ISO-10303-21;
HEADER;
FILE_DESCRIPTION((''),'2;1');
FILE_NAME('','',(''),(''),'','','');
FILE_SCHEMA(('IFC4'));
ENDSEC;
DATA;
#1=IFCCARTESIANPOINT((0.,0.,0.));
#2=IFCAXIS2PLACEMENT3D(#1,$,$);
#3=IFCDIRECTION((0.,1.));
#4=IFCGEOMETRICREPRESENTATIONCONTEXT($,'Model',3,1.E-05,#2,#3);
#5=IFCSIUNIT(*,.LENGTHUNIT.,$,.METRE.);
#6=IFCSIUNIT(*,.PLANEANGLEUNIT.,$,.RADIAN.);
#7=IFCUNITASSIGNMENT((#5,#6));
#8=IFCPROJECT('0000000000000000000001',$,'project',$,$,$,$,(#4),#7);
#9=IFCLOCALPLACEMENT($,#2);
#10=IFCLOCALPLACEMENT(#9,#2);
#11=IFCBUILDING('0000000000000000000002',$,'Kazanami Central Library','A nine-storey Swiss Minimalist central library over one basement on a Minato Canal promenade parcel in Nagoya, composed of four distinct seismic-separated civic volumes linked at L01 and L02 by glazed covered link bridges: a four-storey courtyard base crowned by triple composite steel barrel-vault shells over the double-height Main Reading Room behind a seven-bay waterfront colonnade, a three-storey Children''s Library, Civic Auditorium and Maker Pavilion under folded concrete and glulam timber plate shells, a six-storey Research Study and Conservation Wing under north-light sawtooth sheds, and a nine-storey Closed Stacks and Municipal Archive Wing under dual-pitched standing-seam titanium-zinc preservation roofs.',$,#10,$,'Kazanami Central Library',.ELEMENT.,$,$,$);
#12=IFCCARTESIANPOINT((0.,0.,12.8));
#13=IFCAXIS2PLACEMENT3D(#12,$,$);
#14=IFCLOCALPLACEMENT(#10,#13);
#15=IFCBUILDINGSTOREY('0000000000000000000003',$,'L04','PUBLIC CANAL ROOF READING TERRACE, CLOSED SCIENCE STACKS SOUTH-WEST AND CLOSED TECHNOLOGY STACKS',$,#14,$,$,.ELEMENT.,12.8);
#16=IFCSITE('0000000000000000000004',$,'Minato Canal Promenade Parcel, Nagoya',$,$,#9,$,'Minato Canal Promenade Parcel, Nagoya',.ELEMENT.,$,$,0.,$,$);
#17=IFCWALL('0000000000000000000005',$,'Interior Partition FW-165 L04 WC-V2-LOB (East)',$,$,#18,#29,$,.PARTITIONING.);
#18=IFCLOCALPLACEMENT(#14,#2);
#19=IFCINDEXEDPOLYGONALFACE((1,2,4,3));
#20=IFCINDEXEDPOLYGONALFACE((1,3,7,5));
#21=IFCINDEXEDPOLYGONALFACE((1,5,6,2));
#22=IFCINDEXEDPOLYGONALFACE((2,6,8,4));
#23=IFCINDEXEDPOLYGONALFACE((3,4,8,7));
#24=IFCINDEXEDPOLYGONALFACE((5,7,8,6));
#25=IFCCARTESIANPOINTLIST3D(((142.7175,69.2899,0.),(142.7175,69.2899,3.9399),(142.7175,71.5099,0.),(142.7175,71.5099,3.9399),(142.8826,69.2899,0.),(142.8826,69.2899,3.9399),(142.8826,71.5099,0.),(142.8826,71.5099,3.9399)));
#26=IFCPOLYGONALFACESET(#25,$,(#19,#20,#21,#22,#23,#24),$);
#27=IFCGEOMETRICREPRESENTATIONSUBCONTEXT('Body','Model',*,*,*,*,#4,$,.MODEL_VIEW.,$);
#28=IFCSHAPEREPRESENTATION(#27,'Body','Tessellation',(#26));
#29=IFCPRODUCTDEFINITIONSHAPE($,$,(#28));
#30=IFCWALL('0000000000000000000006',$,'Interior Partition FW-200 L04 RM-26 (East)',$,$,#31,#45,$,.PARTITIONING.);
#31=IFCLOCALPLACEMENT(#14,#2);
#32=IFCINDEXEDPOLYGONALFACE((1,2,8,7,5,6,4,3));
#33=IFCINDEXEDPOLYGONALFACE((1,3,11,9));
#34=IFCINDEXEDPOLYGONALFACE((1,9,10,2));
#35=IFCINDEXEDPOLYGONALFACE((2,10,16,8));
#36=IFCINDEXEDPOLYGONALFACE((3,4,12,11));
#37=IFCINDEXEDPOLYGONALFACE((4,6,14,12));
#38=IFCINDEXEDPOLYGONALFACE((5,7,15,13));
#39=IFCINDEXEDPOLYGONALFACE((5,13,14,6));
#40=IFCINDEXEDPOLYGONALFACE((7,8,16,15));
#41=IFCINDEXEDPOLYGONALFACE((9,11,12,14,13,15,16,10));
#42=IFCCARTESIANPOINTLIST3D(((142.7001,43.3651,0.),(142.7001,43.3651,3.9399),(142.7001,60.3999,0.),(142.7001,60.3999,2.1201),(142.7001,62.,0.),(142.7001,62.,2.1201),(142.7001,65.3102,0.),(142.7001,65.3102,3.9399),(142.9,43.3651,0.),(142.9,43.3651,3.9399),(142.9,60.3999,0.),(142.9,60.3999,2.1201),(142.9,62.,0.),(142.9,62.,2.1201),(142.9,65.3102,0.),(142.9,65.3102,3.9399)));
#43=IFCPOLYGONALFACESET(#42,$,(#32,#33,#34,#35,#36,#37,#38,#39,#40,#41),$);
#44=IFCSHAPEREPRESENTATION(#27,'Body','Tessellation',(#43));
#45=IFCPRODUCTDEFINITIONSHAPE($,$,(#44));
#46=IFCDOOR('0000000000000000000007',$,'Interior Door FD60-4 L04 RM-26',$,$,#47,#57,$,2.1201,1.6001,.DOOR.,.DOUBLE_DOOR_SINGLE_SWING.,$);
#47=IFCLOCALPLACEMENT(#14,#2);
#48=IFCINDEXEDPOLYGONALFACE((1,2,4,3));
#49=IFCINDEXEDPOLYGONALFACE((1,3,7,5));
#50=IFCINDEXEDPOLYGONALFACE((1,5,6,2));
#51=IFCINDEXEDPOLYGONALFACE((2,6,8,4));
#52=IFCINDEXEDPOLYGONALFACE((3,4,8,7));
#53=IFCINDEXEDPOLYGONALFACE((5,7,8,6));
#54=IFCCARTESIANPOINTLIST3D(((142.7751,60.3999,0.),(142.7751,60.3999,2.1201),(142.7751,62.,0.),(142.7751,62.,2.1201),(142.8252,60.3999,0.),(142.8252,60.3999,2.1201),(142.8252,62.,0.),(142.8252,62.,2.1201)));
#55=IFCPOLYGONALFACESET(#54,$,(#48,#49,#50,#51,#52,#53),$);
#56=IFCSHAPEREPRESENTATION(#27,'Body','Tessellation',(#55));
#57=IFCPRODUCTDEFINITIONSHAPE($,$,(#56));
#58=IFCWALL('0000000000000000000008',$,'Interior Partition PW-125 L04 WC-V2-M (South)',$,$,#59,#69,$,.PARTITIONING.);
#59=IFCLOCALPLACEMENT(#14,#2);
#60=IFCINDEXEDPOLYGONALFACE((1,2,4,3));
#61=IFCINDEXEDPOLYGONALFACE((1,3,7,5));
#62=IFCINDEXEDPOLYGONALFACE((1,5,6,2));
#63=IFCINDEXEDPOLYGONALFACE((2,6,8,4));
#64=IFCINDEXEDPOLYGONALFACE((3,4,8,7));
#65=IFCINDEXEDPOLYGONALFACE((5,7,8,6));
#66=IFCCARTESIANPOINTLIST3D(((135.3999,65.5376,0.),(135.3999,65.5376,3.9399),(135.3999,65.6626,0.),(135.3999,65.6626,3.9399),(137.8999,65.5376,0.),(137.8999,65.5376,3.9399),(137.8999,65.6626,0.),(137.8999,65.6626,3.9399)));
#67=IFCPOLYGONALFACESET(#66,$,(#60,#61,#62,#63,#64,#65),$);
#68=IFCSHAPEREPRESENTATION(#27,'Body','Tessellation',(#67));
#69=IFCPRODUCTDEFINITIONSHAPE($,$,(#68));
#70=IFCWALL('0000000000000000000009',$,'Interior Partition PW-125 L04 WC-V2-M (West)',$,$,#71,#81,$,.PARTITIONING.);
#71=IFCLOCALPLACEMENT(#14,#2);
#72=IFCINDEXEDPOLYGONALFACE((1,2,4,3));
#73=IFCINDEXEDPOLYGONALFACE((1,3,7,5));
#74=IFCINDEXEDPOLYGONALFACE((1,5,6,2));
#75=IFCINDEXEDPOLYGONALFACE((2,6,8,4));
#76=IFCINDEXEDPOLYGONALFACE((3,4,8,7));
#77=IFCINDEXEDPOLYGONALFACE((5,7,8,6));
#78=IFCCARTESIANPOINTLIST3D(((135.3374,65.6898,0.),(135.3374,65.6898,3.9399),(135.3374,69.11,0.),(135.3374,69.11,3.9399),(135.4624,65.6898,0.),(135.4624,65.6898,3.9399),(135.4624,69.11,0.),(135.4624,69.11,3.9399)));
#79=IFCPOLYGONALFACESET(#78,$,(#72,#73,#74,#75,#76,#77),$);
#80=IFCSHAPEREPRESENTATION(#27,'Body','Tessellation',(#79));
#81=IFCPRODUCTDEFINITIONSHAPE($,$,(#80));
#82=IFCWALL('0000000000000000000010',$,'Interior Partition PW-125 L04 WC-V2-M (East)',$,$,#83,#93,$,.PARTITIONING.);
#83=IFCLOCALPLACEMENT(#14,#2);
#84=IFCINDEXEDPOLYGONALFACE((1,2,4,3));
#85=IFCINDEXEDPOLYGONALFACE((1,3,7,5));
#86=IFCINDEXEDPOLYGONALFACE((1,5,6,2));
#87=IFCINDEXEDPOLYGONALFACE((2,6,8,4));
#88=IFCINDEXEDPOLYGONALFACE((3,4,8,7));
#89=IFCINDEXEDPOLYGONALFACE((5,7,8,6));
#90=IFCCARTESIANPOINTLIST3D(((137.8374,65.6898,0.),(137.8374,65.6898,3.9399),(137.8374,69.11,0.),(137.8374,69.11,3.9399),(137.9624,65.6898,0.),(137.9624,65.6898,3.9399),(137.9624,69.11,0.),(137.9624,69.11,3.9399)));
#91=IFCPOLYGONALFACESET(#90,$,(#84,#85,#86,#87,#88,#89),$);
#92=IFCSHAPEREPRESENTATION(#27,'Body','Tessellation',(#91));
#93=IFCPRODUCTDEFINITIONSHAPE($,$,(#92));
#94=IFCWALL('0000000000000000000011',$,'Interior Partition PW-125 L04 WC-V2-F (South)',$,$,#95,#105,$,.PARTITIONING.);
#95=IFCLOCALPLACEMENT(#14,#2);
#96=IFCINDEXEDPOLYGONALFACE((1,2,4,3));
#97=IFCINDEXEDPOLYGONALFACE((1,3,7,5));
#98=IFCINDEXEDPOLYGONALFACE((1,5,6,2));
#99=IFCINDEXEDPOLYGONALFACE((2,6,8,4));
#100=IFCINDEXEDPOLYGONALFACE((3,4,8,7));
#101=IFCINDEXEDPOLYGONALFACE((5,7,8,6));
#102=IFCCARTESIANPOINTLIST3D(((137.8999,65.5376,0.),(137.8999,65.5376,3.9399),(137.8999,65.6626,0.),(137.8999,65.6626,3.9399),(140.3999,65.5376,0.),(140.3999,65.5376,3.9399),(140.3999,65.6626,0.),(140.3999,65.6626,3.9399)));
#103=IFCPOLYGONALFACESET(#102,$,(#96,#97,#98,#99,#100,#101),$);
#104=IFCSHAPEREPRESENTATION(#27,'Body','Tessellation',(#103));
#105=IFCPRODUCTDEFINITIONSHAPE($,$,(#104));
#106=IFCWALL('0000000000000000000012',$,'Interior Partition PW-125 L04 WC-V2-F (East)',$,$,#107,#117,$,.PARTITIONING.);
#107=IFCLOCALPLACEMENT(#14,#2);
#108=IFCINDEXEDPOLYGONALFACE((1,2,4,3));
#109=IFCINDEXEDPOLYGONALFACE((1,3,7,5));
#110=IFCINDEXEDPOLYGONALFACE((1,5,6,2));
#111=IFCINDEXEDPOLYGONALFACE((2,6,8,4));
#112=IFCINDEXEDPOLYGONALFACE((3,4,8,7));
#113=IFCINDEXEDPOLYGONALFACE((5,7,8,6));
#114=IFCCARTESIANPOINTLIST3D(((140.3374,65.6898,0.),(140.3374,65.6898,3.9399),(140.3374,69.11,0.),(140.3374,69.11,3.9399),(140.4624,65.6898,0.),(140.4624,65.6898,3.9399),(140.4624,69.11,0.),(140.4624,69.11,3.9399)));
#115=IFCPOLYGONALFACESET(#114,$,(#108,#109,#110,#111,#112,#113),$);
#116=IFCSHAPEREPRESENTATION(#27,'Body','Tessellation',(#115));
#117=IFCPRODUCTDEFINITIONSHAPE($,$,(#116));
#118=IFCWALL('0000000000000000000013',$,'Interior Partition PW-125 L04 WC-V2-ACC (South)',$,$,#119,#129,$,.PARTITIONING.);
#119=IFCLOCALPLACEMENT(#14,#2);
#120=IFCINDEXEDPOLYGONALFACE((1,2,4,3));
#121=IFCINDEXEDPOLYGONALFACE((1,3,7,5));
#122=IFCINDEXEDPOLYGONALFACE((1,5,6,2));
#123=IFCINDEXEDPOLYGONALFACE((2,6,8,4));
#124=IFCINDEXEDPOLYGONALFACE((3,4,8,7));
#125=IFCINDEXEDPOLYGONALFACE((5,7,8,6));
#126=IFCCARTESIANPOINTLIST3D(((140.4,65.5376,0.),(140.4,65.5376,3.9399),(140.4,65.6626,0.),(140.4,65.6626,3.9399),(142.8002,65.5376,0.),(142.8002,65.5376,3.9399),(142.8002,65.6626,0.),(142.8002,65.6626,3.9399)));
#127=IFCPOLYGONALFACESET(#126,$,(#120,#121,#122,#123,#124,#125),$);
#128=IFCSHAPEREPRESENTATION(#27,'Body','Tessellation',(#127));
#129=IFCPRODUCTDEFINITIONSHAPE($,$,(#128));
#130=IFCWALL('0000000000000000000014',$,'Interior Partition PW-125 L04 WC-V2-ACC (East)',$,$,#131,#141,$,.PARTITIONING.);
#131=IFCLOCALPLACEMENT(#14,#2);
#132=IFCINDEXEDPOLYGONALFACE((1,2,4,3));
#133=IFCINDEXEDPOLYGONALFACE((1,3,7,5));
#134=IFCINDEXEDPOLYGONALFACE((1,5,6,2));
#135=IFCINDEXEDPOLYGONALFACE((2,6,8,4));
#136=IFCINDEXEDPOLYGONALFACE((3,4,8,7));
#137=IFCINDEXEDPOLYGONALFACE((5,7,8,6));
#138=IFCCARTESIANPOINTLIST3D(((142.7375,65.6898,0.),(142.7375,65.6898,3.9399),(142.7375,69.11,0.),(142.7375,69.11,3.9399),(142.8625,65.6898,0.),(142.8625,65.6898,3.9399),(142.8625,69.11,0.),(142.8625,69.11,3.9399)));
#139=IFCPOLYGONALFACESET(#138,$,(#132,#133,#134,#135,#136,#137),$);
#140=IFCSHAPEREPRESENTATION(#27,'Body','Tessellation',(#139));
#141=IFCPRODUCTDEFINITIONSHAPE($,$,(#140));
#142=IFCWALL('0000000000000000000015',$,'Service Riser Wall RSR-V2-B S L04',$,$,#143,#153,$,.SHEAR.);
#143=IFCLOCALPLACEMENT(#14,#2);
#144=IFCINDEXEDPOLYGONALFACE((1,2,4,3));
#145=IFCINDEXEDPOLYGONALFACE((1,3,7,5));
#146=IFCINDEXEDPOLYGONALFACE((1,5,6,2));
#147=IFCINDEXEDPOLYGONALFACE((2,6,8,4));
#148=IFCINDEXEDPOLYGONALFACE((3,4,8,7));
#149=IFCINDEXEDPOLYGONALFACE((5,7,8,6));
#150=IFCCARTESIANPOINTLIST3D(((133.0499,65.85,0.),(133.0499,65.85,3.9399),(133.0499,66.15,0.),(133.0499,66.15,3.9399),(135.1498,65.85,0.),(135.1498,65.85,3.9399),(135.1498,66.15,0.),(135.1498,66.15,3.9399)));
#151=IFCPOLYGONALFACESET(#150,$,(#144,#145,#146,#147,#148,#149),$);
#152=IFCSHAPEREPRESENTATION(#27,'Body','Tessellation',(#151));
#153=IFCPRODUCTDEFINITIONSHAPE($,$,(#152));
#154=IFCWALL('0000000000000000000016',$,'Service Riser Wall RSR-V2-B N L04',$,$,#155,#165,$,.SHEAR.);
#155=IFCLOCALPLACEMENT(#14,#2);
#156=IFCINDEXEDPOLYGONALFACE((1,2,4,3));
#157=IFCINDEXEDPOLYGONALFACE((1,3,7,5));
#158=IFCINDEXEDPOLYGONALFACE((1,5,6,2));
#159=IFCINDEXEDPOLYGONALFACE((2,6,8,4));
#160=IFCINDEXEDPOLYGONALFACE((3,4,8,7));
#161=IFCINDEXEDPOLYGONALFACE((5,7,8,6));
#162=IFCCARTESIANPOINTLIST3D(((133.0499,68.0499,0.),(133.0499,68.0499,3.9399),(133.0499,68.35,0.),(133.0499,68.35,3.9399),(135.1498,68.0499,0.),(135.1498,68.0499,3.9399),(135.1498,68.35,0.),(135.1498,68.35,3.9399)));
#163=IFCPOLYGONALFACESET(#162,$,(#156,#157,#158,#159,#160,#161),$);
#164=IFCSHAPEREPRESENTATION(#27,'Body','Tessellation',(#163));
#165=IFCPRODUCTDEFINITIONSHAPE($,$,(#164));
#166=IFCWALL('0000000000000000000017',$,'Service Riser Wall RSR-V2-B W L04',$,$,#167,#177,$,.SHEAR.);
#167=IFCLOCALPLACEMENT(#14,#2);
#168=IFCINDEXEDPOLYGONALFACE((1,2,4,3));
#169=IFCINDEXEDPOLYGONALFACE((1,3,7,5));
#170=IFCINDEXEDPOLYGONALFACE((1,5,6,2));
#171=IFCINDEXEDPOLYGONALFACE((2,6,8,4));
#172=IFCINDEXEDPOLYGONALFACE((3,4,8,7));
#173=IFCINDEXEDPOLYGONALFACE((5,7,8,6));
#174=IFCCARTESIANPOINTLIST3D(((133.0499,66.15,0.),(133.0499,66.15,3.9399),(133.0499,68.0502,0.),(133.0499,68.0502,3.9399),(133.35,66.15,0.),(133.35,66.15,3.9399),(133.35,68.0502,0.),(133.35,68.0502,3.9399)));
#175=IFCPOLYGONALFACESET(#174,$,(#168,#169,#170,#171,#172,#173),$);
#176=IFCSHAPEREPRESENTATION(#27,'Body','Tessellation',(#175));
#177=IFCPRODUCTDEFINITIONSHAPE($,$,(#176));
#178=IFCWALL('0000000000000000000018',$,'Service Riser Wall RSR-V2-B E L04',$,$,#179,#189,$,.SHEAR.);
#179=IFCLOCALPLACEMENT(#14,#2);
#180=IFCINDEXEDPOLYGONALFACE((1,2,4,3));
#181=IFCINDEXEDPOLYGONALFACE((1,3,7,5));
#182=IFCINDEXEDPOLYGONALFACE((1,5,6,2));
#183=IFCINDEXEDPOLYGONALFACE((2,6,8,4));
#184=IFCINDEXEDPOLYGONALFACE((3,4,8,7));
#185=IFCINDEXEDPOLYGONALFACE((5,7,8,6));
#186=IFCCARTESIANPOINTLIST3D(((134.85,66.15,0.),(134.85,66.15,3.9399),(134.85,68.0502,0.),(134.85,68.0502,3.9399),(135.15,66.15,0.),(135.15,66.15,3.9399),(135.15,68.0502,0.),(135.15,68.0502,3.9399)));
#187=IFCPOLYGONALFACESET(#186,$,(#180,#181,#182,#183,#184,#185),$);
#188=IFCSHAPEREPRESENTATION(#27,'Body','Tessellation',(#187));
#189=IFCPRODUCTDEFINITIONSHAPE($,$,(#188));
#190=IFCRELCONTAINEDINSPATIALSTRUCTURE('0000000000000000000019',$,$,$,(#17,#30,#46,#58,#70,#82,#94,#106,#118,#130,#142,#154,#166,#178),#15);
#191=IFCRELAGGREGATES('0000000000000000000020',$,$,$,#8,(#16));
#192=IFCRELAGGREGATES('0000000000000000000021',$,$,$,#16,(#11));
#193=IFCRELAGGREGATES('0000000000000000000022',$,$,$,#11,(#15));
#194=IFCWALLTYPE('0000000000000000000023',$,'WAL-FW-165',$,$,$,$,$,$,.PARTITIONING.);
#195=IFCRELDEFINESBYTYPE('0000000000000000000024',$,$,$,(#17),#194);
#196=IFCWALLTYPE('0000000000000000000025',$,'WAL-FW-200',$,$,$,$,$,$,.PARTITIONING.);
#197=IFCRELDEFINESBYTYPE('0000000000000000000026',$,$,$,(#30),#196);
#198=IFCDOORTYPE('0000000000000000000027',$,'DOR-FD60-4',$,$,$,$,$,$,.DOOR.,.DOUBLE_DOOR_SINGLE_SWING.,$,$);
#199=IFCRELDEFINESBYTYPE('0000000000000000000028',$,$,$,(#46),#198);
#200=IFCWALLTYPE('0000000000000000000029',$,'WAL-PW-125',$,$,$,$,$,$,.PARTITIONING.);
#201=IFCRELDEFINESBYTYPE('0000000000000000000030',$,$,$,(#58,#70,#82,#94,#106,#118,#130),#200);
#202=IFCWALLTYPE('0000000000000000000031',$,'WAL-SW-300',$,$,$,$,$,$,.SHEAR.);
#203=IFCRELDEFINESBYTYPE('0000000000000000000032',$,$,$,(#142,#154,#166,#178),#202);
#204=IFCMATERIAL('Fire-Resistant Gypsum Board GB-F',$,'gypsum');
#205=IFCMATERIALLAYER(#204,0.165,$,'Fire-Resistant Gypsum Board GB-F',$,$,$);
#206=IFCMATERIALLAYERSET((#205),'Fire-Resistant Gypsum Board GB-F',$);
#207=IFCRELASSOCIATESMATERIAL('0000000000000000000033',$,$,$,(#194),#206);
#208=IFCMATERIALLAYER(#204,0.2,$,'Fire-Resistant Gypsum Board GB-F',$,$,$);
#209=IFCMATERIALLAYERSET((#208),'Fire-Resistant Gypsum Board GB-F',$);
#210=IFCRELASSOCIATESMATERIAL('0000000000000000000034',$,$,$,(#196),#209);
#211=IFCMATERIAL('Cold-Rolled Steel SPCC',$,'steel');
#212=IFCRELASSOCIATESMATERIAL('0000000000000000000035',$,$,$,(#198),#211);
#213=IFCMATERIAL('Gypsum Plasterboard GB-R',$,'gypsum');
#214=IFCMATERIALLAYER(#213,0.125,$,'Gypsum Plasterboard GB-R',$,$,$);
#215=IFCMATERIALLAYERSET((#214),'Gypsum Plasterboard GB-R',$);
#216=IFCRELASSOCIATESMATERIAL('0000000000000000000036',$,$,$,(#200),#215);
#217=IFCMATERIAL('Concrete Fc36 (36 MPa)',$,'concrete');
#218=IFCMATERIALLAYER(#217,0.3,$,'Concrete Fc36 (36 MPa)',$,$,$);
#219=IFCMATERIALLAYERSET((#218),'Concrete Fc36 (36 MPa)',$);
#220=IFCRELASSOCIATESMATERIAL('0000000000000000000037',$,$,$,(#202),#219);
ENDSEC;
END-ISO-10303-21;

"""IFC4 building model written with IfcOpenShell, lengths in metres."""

from ifc_helpers import new_model, si_unit, direction, frame, frame_2d, origin, place, context, subcontext, project, spatial, rectangle, extrude, material, layer, layer_set, type_object, element, fill, save


model = new_model("IFC4")

# Units and contexts
model_context = context("Model", 3, precision=1e-05, world=origin(), true_north=direction((0.0, 1.0)))
body_context = subcontext(model_context, "Body", "Model", "MODEL_VIEW")
ifc_project = project(units=[si_unit("LENGTHUNIT", "METRE"), si_unit("PLANEANGLEUNIT", "RADIAN")], contexts=[model_context])

# Site, building, storey
site_placement = place(None, origin())
site = spatial("IfcSite", under=ifc_project, at=site_placement, Name="Minato Canal Promenade Parcel, Nagoya", LongName="Minato Canal Promenade Parcel, Nagoya", CompositionType="ELEMENT", RefElevation=0.0)
building_placement = place(site_placement, origin())
building = spatial("IfcBuilding", under=site, at=building_placement, Name="Kazanami Central Library", Description="A nine-storey Swiss Minimalist central library over one basement on a Minato Canal promenade parcel in Nagoya, composed of four distinct seismic-separated civic volumes linked at L01 and L02 by glazed covered link bridges: a four-storey courtyard base crowned by triple composite steel barrel-vault shells over the double-height Main Reading Room behind a seven-bay waterfront colonnade, a three-storey Children's Library, Civic Auditorium and Maker Pavilion under folded concrete and glulam timber plate shells, a six-storey Research Study and Conservation Wing under north-light sawtooth sheds, and a nine-storey Closed Stacks and Municipal Archive Wing under dual-pitched standing-seam titanium-zinc preservation roofs.", LongName="Kazanami Central Library", CompositionType="ELEMENT")
storey_placement = place(building_placement, frame((0.0, 0.0, 12.8)))
storey = spatial("IfcBuildingStorey", under=building, at=storey_placement, Name="L04", Description="PUBLIC CANAL ROOF READING TERRACE, CLOSED SCIENCE STACKS SOUTH-WEST AND CLOSED TECHNOLOGY STACKS", CompositionType="ELEMENT", Elevation=12.8)

# Shared definitions
ifc_material_1 = material(Name="Fire-Resistant Gypsum Board GB-F", Category="gypsum")
ifc_layer_1 = layer(ifc_material_1, 0.165, Name="Fire-Resistant Gypsum Board GB-F")
ifc_layer_set_1 = layer_set([ifc_layer_1], Name="Fire-Resistant Gypsum Board GB-F")
wall_type_1 = type_object("IfcWallType", Name="WAL-FW-165", PredefinedType="PARTITIONING", material=ifc_layer_set_1)
ifc_material_2 = material(Name="Cold-Rolled Steel SPCC", Category="steel")

# Wall
for number, where, z_axis, x_axis, name in (
    (1, (142.8, 69.29, 0.0), (0.0, 0.0, 1.0), (0.0, 1.0, 0.0), "Interior Partition FW-165 L04 WC-V2-LOB (East)"),
):
    element("IfcWall", number, at=place(storey_placement, frame(where, z_axis=z_axis, x_axis=x_axis)), inside=storey, type_object=wall_type_1, Name=name, PredefinedType="PARTITIONING", context=body_context, shape_type="SweptSolid", body=[
        extrude(rectangle(XDim=2.22, YDim=0.165, at=frame_2d((1.1099, 0.0))), origin(), (0.0, 0.0, 1.0), 3.9399),
    ])

# Wall, opening, door
ifc_layer_2 = layer(ifc_material_1, 0.2, Name="Fire-Resistant Gypsum Board GB-F")
ifc_layer_set_2 = layer_set([ifc_layer_2], Name="Fire-Resistant Gypsum Board GB-F")
wall_type_2 = type_object("IfcWallType", Name="WAL-FW-200", PredefinedType="PARTITIONING", material=ifc_layer_set_2)
wall_1_placement = place(storey_placement, frame((142.8, 43.365, 0.0), z_axis=(0.0, 0.0, 1.0), x_axis=(0.0, 1.0, 0.0)))
wall_1 = element("IfcWall", 2, at=wall_1_placement, inside=storey, type_object=wall_type_2, Name="Interior Partition FW-200 L04 RM-26 (East)", PredefinedType="PARTITIONING", context=body_context, shape_type="SweptSolid", body=[
    extrude(rectangle(XDim=21.9451, YDim=0.2, at=frame_2d((10.9727, 0.0))), origin(), (0.0, 0.0, 1.0), 3.9399),
])
opening_1_placement = place(wall_1_placement, frame((17.0349, 0.0, 0.0)))
opening_1 = element("IfcOpeningElement", 3, at=opening_1_placement, cuts=wall_1, PredefinedType="OPENING", context=body_context, shape_type="SweptSolid", body=[
    extrude(rectangle(XDim=1.6001, YDim=2.1201, at=frame_2d((0.8, 1.0601))), frame((0.0, 0.1118, 0.0), z_axis=(0.0, -1.0, 0.0), x_axis=(1.0, 0.0, 0.0)), (0.0, 0.0, 1.0), 0.2239),
])
door_type_1 = type_object("IfcDoorType", Name="DOR-FD60-4", OperationType="DOUBLE_DOOR_SINGLE_SWING", PredefinedType="DOOR", material=ifc_material_2)
door_1_placement = place(opening_1_placement, origin())
door_1 = element("IfcDoor", 4, at=door_1_placement, inside=storey, type_object=door_type_1, Name="Interior Door FD60-4 L04 RM-26", OperationType="DOUBLE_DOOR_SINGLE_SWING", OverallHeight=2.1201, OverallWidth=1.6001, PredefinedType="DOOR", context=body_context, shape_type="SweptSolid", body=[
    extrude(rectangle(XDim=1.6001, YDim=2.1201, at=frame_2d((0.8, 1.0601))), frame((0.0, 0.0249, 0.0), z_axis=(0.0, -1.0, 0.0), x_axis=(1.0, 0.0, 0.0)), (0.0, 0.0, 1.0), 0.05),
])
fill(opening_1, door_1)

# Walls
ifc_material_3 = material(Name="Gypsum Plasterboard GB-R", Category="gypsum")
ifc_layer_3 = layer(ifc_material_3, 0.125, Name="Gypsum Plasterboard GB-R")
ifc_layer_set_3 = layer_set([ifc_layer_3], Name="Gypsum Plasterboard GB-R")
wall_type_3 = type_object("IfcWallType", Name="WAL-PW-125", PredefinedType="PARTITIONING", material=ifc_layer_set_3)
wall_2_placement = place(storey_placement, frame((135.3999, 65.6001, 0.0), z_axis=(0.0, 0.0, 1.0), x_axis=(1.0, 0.0, 0.0)))
element("IfcWall", 5, at=wall_2_placement, inside=storey, type_object=wall_type_3, Name="Interior Partition PW-125 L04 WC-V2-M (South)", PredefinedType="PARTITIONING", context=body_context, shape_type="SweptSolid", body=[
    extrude(rectangle(XDim=2.5, YDim=0.125, at=frame_2d((1.25, 0.0))), origin(), (0.0, 0.0, 1.0), 3.9399),
])
for number, where, z_axis, x_axis, name in (
    (6, (135.3999, 65.6899, 0.0), (0.0, 0.0, 1.0), (0.0, 1.0, 0.0), "Interior Partition PW-125 L04 WC-V2-M (West)"),
    (7, (137.8999, 65.6899, 0.0), (0.0, 0.0, 1.0), (0.0, 1.0, 0.0), "Interior Partition PW-125 L04 WC-V2-M (East)"),
):
    element("IfcWall", number, at=place(storey_placement, frame(where, z_axis=z_axis, x_axis=x_axis)), inside=storey, type_object=wall_type_3, Name=name, PredefinedType="PARTITIONING", context=body_context, shape_type="SweptSolid", body=[
        extrude(rectangle(XDim=3.4202, YDim=0.125, at=frame_2d((1.71, 0.0))), origin(), (0.0, 0.0, 1.0), 3.9399),
    ])
wall_3_placement = place(storey_placement, frame((137.8999, 65.6001, 0.0), z_axis=(0.0, 0.0, 1.0), x_axis=(1.0, 0.0, 0.0)))
element("IfcWall", 8, at=wall_3_placement, inside=storey, type_object=wall_type_3, Name="Interior Partition PW-125 L04 WC-V2-F (South)", PredefinedType="PARTITIONING", context=body_context, shape_type="SweptSolid", body=[
    extrude(rectangle(XDim=2.5, YDim=0.125, at=frame_2d((1.25, 0.0))), origin(), (0.0, 0.0, 1.0), 3.9399),
])
wall_4_placement = place(storey_placement, frame((140.3999, 65.6899, 0.0), z_axis=(0.0, 0.0, 1.0), x_axis=(0.0, 1.0, 0.0)))
element("IfcWall", 9, at=wall_4_placement, inside=storey, type_object=wall_type_3, Name="Interior Partition PW-125 L04 WC-V2-F (East)", PredefinedType="PARTITIONING", context=body_context, shape_type="SweptSolid", body=[
    extrude(rectangle(XDim=3.4202, YDim=0.125, at=frame_2d((1.71, 0.0))), origin(), (0.0, 0.0, 1.0), 3.9399),
])
wall_5_placement = place(storey_placement, frame((140.3999, 65.6001, 0.0), z_axis=(0.0, 0.0, 1.0), x_axis=(1.0, 0.0, 0.0)))
element("IfcWall", 10, at=wall_5_placement, inside=storey, type_object=wall_type_3, Name="Interior Partition PW-125 L04 WC-V2-ACC (South)", PredefinedType="PARTITIONING", context=body_context, shape_type="SweptSolid", body=[
    extrude(rectangle(XDim=2.4001, YDim=0.125, at=frame_2d((1.2002, 0.0))), origin(), (0.0, 0.0, 1.0), 3.9399),
])
wall_6_placement = place(storey_placement, frame((142.8, 65.6899, 0.0), z_axis=(0.0, 0.0, 1.0), x_axis=(0.0, 1.0, 0.0)))
element("IfcWall", 11, at=wall_6_placement, inside=storey, type_object=wall_type_3, Name="Interior Partition PW-125 L04 WC-V2-ACC (East)", PredefinedType="PARTITIONING", context=body_context, shape_type="SweptSolid", body=[
    extrude(rectangle(XDim=3.4202, YDim=0.125, at=frame_2d((1.71, 0.0))), origin(), (0.0, 0.0, 1.0), 3.9399),
])
ifc_material_4 = material(Name="Concrete Fc36 (36 MPa)", Category="concrete")
ifc_layer_4 = layer(ifc_material_4, 0.3, Name="Concrete Fc36 (36 MPa)")
ifc_layer_set_4 = layer_set([ifc_layer_4], Name="Concrete Fc36 (36 MPa)")
wall_type_4 = type_object("IfcWallType", Name="WAL-SW-300", PredefinedType="SHEAR", material=ifc_layer_set_4)
for number, where, z_axis, x_axis, name in (
    (12, (133.05, 66.0, 0.0), (0.0, 0.0, 1.0), (1.0, 0.0, 0.0), "Service Riser Wall RSR-V2-B S L04"),
    (13, (133.05, 68.2, 0.0), (0.0, 0.0, 1.0), (1.0, 0.0, 0.0), "Service Riser Wall RSR-V2-B N L04"),
):
    element("IfcWall", number, at=place(storey_placement, frame(where, z_axis=z_axis, x_axis=x_axis)), inside=storey, type_object=wall_type_4, Name=name, PredefinedType="SHEAR", context=body_context, shape_type="SweptSolid", body=[
        extrude(rectangle(XDim=2.0999, YDim=0.3, at=frame_2d((1.0498, 0.0))), origin(), (0.0, 0.0, 1.0), 3.9399),
    ])
for number, where, z_axis, x_axis, name in (
    (14, (133.2, 66.1499, 0.0), (0.0, 0.0, 1.0), (0.0, 1.0, 0.0), "Service Riser Wall RSR-V2-B W L04"),
    (15, (135.0, 66.1499, 0.0), (0.0, 0.0, 1.0), (0.0, 1.0, 0.0), "Service Riser Wall RSR-V2-B E L04"),
):
    element("IfcWall", number, at=place(storey_placement, frame(where, z_axis=z_axis, x_axis=x_axis)), inside=storey, type_object=wall_type_4, Name=name, PredefinedType="SHEAR", context=body_context, shape_type="SweptSolid", body=[
        extrude(rectangle(XDim=1.9001, YDim=0.3, at=frame_2d((0.9502, 0.0))), origin(), (0.0, 0.0, 1.0), 3.9399),
    ])

save(model, "model.ifc")
